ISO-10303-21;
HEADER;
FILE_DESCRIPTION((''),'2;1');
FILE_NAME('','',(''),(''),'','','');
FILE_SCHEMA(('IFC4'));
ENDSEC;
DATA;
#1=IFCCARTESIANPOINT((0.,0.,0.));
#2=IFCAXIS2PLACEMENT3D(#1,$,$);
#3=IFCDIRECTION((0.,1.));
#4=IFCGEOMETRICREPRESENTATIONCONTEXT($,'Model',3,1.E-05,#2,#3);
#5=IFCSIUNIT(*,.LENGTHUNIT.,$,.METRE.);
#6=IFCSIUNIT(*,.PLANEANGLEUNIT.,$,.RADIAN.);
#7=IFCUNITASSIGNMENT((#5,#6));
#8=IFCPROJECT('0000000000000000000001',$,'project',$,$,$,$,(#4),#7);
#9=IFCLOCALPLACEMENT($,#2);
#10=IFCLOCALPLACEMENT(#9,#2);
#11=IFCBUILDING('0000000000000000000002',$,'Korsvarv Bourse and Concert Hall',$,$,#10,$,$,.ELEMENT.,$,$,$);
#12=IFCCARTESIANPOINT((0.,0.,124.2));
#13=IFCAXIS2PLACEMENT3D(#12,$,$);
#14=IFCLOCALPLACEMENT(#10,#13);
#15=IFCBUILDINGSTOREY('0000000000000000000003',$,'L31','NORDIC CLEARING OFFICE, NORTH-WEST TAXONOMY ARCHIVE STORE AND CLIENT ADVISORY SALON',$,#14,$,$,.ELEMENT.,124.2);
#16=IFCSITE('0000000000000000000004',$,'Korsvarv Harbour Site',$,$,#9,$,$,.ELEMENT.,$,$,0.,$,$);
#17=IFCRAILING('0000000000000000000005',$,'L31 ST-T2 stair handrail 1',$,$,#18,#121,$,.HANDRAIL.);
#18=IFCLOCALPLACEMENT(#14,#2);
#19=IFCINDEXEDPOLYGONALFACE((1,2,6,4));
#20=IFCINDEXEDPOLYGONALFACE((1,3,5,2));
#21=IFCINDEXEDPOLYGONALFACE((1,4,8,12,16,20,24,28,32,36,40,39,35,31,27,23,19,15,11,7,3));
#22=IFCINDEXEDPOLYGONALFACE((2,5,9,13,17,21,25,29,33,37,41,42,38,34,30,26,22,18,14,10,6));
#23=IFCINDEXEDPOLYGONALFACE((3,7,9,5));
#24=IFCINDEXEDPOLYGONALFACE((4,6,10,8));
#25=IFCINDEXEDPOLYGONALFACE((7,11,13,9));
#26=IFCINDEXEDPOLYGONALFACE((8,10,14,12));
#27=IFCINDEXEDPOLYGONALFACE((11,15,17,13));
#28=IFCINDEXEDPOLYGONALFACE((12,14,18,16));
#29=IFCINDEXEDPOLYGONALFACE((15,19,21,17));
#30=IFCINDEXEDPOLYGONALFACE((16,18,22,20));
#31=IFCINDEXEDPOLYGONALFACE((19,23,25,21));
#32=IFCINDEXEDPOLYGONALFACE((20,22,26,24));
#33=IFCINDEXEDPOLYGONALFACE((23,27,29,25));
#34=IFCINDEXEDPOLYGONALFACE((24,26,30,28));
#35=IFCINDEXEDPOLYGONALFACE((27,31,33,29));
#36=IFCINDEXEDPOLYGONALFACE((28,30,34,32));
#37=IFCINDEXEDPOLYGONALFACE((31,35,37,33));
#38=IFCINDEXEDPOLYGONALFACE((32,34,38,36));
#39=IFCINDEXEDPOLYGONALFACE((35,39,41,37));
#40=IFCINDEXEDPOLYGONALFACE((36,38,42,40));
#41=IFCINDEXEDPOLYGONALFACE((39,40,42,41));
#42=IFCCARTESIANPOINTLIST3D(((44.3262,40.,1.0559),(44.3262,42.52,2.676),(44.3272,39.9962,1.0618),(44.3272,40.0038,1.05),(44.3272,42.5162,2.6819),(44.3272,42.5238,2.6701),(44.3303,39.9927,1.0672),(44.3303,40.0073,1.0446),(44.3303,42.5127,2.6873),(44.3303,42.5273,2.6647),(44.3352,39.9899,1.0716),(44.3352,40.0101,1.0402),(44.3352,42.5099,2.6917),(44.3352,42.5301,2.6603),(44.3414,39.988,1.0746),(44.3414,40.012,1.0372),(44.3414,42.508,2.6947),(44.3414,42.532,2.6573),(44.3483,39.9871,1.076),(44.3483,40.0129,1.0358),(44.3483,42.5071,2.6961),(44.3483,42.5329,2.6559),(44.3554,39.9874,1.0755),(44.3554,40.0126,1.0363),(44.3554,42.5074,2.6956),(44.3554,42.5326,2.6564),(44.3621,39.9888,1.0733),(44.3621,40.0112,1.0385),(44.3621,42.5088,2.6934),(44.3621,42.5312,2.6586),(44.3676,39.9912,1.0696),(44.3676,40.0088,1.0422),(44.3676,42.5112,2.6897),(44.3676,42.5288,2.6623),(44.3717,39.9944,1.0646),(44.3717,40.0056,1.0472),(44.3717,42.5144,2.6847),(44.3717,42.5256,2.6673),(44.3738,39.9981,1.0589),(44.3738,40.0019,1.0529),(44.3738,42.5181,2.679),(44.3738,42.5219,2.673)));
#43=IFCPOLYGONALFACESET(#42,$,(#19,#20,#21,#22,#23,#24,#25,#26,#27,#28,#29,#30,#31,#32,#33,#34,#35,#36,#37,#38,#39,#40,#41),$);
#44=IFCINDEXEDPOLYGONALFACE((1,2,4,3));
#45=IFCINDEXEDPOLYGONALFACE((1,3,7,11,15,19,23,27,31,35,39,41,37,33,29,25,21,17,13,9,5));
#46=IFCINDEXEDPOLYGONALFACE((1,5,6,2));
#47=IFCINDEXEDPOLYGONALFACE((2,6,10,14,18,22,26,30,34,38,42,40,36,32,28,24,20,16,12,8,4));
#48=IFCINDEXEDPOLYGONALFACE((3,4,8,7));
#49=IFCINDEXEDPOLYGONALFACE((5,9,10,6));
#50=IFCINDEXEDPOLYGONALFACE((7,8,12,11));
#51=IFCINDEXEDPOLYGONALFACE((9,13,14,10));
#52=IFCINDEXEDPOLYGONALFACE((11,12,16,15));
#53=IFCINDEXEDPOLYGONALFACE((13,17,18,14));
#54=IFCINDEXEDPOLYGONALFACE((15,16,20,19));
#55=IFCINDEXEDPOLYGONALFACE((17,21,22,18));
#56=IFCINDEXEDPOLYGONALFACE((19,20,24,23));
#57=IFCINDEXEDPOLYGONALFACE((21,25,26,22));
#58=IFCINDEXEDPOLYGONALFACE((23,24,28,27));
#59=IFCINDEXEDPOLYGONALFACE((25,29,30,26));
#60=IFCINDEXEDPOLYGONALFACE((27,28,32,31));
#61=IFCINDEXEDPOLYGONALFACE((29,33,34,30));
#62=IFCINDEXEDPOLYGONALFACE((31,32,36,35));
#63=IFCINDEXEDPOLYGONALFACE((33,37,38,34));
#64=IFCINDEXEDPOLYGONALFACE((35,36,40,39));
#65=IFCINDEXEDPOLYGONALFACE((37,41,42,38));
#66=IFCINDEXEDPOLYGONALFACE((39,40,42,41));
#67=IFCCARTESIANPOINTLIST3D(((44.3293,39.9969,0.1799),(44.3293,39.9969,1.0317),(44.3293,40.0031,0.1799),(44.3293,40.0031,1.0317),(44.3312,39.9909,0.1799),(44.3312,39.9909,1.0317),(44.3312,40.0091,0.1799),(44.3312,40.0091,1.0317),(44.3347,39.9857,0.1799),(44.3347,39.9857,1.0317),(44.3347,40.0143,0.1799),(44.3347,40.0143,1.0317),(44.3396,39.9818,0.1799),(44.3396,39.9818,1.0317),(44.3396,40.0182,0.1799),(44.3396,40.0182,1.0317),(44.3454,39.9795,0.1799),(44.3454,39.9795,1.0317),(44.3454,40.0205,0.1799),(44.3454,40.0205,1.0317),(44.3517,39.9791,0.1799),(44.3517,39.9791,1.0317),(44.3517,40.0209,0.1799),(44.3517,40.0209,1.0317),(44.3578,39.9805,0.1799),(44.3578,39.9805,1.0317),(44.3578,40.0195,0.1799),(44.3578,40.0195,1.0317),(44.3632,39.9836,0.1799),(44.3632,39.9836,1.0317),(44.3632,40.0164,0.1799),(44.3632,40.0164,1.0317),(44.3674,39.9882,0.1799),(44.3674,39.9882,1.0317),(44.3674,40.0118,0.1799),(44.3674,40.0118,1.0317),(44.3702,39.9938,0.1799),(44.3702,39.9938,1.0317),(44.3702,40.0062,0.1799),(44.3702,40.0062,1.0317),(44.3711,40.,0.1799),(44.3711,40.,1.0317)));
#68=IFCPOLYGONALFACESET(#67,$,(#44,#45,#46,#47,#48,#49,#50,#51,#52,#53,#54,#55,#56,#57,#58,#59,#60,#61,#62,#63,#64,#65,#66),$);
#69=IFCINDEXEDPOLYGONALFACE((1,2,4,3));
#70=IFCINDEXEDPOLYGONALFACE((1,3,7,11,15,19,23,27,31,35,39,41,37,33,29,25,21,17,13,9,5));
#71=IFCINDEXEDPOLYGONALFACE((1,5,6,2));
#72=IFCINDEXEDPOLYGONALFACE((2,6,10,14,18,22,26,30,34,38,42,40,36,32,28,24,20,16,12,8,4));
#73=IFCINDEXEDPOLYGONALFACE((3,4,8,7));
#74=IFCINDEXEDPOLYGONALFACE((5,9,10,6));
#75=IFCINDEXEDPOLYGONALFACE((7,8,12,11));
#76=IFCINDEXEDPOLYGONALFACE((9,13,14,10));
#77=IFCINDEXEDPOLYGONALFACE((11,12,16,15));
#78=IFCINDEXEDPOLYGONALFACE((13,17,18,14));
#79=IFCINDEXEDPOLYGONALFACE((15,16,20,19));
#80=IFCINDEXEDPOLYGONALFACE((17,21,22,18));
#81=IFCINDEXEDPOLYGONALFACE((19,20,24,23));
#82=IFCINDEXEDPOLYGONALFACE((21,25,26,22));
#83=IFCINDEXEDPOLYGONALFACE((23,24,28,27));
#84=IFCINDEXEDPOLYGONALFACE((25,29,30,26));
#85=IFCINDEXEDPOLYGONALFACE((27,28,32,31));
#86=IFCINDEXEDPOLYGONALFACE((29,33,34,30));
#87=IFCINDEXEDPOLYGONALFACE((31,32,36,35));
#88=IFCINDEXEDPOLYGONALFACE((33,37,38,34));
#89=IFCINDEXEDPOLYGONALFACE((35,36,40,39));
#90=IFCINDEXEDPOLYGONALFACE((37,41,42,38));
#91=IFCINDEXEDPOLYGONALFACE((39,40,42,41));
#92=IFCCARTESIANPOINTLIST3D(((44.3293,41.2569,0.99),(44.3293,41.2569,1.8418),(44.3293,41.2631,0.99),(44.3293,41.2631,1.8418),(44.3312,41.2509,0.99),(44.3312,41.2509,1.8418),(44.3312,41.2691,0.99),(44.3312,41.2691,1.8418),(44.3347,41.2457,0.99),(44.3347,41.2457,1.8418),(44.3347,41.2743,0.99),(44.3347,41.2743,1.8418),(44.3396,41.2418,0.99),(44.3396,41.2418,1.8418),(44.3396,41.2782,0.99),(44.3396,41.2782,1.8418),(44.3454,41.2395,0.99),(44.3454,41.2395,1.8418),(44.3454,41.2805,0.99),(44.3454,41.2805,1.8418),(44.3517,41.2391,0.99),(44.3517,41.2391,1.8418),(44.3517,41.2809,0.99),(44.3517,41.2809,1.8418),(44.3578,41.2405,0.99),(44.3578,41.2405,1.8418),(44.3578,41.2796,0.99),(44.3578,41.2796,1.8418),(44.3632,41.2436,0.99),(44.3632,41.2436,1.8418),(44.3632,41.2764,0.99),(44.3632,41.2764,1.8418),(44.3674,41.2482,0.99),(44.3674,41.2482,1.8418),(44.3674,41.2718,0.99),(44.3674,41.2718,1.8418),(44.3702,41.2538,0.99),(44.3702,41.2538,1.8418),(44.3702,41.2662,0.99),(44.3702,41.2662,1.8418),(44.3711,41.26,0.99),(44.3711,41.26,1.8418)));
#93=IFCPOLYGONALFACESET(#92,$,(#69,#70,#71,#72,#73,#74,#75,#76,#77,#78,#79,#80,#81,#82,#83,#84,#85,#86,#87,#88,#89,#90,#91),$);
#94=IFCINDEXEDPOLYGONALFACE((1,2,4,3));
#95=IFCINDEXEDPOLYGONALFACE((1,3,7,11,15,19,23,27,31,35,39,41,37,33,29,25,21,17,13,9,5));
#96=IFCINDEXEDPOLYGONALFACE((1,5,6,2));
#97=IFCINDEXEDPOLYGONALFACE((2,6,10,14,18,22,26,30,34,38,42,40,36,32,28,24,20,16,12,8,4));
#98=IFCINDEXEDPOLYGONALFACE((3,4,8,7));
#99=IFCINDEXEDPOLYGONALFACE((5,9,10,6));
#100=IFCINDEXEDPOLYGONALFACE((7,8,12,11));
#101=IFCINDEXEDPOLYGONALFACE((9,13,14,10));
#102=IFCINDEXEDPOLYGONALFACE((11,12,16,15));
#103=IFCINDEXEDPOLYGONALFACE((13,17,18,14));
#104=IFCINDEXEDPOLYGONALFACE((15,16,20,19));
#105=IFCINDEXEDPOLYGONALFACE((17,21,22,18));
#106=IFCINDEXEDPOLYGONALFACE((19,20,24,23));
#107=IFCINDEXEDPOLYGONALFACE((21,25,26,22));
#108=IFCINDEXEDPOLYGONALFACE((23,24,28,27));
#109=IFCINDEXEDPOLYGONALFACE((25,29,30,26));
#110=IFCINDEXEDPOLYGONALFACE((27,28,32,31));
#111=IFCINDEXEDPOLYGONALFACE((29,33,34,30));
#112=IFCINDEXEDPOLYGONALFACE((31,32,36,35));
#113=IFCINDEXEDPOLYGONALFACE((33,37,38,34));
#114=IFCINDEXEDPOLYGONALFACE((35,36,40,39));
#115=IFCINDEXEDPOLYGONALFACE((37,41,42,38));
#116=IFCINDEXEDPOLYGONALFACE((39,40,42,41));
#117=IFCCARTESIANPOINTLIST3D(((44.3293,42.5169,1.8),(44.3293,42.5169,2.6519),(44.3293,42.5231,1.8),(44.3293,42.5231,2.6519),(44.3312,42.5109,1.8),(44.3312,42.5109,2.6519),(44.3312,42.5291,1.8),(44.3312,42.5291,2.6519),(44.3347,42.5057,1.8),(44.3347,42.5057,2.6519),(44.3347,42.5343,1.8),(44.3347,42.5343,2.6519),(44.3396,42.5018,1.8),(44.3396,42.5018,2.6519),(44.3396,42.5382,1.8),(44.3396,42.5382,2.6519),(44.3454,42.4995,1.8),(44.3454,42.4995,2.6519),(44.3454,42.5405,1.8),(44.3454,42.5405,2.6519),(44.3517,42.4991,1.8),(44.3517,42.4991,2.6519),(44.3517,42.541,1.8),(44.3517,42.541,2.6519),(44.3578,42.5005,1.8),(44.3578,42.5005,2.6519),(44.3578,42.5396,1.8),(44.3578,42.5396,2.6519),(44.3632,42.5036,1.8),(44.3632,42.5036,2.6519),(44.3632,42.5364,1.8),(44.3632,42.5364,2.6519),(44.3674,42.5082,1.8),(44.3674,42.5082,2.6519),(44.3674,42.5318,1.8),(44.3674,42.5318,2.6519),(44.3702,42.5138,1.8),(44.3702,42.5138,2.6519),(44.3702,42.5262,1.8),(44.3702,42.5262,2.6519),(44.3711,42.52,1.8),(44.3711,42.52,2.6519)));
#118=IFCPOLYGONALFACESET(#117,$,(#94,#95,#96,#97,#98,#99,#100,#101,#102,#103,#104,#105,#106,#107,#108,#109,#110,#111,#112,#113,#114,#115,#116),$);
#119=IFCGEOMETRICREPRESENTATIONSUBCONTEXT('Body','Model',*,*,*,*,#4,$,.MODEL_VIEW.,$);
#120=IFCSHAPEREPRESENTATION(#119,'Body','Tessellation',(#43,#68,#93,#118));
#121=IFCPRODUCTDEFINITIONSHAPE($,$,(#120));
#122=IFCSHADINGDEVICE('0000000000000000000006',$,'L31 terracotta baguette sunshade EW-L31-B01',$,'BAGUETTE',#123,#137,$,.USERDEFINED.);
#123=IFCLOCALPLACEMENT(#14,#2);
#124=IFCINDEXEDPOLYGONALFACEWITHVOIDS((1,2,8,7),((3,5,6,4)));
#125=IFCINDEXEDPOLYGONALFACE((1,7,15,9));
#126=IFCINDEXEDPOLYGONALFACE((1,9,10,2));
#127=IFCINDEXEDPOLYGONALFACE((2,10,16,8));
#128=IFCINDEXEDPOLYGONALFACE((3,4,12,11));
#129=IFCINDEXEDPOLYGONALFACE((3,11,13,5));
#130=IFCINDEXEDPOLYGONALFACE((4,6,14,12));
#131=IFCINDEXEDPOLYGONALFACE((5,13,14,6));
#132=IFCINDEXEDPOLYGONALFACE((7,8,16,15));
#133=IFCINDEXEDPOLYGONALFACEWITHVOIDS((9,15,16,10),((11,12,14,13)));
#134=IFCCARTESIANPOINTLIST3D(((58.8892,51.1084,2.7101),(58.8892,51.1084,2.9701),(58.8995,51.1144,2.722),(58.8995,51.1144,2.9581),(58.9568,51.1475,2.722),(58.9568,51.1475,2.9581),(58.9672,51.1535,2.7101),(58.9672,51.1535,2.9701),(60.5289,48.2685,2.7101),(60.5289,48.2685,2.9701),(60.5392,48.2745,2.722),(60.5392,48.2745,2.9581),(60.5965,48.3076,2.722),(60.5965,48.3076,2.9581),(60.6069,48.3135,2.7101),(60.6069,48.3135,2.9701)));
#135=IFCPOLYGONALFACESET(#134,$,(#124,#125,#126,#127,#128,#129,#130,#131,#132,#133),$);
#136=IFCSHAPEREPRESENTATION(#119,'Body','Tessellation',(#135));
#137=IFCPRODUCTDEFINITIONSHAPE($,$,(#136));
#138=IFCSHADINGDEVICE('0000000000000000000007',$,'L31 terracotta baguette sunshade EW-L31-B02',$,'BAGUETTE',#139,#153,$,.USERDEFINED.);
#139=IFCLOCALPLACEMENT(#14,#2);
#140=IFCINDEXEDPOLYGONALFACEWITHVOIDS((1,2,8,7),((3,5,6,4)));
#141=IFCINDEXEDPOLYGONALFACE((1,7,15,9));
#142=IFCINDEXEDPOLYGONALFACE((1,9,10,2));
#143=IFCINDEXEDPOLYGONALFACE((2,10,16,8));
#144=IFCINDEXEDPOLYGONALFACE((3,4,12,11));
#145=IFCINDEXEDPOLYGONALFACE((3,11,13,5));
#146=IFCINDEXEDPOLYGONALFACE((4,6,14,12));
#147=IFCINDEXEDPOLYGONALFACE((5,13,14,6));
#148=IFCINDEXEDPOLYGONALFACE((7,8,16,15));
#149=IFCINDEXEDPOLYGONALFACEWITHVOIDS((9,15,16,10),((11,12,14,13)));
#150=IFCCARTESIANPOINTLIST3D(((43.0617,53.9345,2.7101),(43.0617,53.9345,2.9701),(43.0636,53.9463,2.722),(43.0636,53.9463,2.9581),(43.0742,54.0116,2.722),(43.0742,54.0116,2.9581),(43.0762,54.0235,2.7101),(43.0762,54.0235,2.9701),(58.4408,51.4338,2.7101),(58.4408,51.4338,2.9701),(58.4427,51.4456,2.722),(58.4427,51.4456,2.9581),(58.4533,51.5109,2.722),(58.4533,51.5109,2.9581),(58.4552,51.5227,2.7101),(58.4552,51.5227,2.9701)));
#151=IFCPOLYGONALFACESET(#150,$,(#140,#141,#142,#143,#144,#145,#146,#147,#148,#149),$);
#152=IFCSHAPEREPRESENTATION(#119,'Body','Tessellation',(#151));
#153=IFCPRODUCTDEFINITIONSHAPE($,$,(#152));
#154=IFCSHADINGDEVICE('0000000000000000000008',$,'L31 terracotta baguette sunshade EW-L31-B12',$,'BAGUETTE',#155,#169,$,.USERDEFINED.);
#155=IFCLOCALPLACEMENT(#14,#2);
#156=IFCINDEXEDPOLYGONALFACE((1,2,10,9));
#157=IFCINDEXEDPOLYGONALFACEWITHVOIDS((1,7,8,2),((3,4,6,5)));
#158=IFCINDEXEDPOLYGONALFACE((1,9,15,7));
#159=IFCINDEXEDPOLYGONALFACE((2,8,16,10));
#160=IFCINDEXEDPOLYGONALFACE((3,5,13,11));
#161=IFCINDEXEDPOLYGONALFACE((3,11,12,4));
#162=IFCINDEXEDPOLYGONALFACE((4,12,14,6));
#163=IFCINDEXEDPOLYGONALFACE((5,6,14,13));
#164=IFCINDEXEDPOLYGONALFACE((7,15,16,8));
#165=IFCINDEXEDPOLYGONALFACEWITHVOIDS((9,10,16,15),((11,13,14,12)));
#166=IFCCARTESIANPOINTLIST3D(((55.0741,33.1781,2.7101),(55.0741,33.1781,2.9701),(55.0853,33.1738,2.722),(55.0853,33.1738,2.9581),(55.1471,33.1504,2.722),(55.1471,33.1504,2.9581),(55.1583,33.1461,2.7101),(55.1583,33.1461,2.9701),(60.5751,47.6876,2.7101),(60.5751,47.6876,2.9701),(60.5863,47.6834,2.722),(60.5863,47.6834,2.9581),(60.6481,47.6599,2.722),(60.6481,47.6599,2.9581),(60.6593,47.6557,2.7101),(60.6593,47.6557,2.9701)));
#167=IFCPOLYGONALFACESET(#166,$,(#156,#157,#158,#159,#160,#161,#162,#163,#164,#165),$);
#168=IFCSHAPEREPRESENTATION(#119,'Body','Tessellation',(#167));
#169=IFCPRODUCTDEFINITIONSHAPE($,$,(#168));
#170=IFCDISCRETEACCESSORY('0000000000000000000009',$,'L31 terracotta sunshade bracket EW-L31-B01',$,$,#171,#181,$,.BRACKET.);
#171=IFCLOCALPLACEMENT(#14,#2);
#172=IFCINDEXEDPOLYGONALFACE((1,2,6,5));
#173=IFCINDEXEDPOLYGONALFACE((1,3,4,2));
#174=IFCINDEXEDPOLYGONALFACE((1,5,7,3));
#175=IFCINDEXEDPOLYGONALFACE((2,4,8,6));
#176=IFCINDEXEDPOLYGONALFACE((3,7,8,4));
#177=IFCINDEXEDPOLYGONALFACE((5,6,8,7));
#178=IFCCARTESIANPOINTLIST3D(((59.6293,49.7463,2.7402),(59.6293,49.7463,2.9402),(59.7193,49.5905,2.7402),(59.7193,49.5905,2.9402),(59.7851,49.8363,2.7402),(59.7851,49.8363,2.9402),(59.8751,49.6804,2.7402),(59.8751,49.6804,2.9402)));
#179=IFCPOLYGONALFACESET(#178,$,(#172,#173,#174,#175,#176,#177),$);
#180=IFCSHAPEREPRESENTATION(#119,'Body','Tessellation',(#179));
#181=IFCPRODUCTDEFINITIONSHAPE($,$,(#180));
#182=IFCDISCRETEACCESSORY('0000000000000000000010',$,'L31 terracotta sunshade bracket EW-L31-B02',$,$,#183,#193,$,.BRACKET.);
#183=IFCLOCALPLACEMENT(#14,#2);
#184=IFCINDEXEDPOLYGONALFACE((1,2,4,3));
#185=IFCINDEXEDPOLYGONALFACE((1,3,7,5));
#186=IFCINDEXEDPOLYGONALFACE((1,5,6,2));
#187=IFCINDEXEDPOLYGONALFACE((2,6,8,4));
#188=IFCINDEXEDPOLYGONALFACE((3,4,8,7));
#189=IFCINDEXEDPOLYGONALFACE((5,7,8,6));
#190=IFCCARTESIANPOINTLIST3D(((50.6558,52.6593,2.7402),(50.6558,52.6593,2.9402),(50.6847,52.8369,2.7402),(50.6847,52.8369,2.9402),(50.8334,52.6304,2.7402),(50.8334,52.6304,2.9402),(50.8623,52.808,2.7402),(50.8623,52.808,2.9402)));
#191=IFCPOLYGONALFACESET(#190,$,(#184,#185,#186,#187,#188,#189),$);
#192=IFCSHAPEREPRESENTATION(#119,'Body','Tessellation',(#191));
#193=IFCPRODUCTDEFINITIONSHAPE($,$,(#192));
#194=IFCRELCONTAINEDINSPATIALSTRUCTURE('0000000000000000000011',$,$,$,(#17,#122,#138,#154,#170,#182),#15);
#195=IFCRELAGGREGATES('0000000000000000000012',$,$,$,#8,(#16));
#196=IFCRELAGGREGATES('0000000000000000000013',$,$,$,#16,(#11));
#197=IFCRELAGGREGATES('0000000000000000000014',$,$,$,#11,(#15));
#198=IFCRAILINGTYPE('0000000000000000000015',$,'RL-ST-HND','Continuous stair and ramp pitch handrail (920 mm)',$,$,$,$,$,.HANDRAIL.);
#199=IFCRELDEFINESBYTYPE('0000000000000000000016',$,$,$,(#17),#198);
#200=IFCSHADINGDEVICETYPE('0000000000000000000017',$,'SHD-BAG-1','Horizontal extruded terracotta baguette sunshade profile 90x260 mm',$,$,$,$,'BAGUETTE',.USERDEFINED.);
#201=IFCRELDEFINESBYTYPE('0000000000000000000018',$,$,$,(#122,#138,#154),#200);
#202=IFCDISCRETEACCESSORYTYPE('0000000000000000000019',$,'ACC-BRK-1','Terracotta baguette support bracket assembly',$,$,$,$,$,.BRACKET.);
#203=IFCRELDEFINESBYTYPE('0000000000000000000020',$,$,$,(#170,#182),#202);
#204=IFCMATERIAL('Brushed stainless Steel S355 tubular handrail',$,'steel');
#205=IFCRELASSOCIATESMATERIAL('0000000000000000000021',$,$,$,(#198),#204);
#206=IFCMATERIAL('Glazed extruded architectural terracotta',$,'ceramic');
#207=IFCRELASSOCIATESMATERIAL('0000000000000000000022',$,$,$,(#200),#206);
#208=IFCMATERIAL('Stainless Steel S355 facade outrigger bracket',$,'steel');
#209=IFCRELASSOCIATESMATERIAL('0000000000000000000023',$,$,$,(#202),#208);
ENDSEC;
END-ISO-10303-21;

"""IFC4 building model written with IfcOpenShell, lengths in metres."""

from ifc_helpers import new_model, si_unit, direction, frame, origin, origin_2d, place, context, subcontext, project, spatial, rectangle, hollow_rectangle, circle, extrude, source, transform, mapped, material, material_profile, profile_set, type_object, element, save


model = new_model("IFC4")

# Units and contexts
model_context = context("Model", 3, precision=1e-05, world=origin(), true_north=direction((0.0, 1.0)))
body_context = subcontext(model_context, "Body", "Model", "MODEL_VIEW")
ifc_project = project(units=[si_unit("LENGTHUNIT", "METRE"), si_unit("PLANEANGLEUNIT", "RADIAN")], contexts=[model_context])

# Site, building, storey
site_placement = place(None, origin())
site = spatial("IfcSite", under=ifc_project, at=site_placement, Name="Korsvarv Harbour Site", CompositionType="ELEMENT", RefElevation=0.0)
building_placement = place(site_placement, origin())
building = spatial("IfcBuilding", under=site, at=building_placement, Name="Korsvarv Bourse and Concert Hall", CompositionType="ELEMENT")
storey_placement = place(building_placement, frame((0.0, 0.0, 124.2)))
storey = spatial("IfcBuildingStorey", under=building, at=storey_placement, Name="L31", Description="NORDIC CLEARING OFFICE, NORTH-WEST TAXONOMY ARCHIVE STORE AND CLIENT ADVISORY SALON", CompositionType="ELEMENT", Elevation=124.2)

# Railing
ifc_material_1 = material(Name="Brushed stainless Steel S355 tubular handrail", Category="steel")
railing_type_1 = type_object("IfcRailingType", Name="RL-ST-HND", Description="Continuous stair and ramp pitch handrail (920 mm)", PredefinedType="HANDRAIL", material=ifc_material_1)
railing_1_placement = place(storey_placement, frame((44.3501, 40.0, 0.1799)))
element("IfcRailing", 1, at=railing_1_placement, inside=storey, type_object=railing_type_1, Name="L31 ST-T2 stair handrail 1", PredefinedType="HANDRAIL", context=body_context, shape_type="SweptSolid", body=[
    extrude(circle(Radius=0.0239, at=origin_2d()), frame((0.0, 0.0, 0.876), z_axis=(0.0, 0.841163, 0.540782), x_axis=(-1.0, 0.0, 0.0)), (0.0, 0.0, 1.0), 2.9958),
    extrude(circle(Radius=0.021, at=origin_2d()), origin(), (0.0, 0.0, 1.0), 0.8518),
    extrude(circle(Radius=0.021, at=origin_2d()), frame((0.0, 1.26, 0.8101)), (0.0, 0.0, 1.0), 0.8518),
    extrude(circle(Radius=0.021, at=origin_2d()), frame((0.0, 2.52, 1.6201)), (0.0, 0.0, 1.0), 0.8518),
])

# Shading devices
ifc_material_2 = material(Name="Glazed extruded architectural terracotta", Category="ceramic")
ifc_material_profile_1 = material_profile(ifc_material_2, hollow_rectangle(XDim=0.0901, YDim=0.26, WallThickness=0.012, at=origin_2d()), Name="TC-BAG 90x260")
ifc_profile_set_1 = profile_set([ifc_material_profile_1], Name="Glazed extruded architectural terracotta")
shading_device_type = type_object("IfcShadingDeviceType", Name="SHD-BAG-1", Description="Horizontal extruded terracotta baguette sunshade profile 90x260 mm", ElementType="BAGUETTE", PredefinedType="USERDEFINED", material=ifc_profile_set_1)
shared_shape_1 = source(origin(), body_context, "Body", "SweptSolid", [
    extrude(hollow_rectangle(XDim=0.0901, YDim=0.26, WallThickness=0.012, at=origin_2d()), origin(), (0.0, 0.0, 1.0), 3.2793),
])
shading_device_1_placement = place(storey_placement, frame((60.5679, 48.291, 2.8401), z_axis=(-0.500015, 0.866017, 0.0), x_axis=(-0.866017, -0.500015, 0.0)))
element("IfcShadingDevice", 2, at=shading_device_1_placement, inside=storey, type_object=shading_device_type, Name="L31 terracotta baguette sunshade EW-L31-B01", ObjectType="BAGUETTE", PredefinedType="USERDEFINED", context=body_context, shape_type="MappedRepresentation", body=[
    mapped(shared_shape_1, transform((0.0, 0.0, 0.0), scale=1.0)),
])
shared_shape_2 = source(origin(), body_context, "Body", "SweptSolid", [
    extrude(hollow_rectangle(XDim=0.0901, YDim=0.26, WallThickness=0.012, at=origin_2d()), origin(), (0.0, 0.0, 1.0), 15.5811),
])
shading_device_2_placement = place(storey_placement, frame((58.448, 51.4783, 2.8401), z_axis=(-0.987036, 0.160497, 0.0), x_axis=(-0.160497, -0.987036, 0.0)))
element("IfcShadingDevice", 3, at=shading_device_2_placement, inside=storey, type_object=shading_device_type, Name="L31 terracotta baguette sunshade EW-L31-B02", ObjectType="BAGUETTE", PredefinedType="USERDEFINED", context=body_context, shape_type="MappedRepresentation", body=[
    mapped(shared_shape_2, transform((0.0, 0.0, 0.0), scale=1.0)),
])
shared_shape_3 = source(origin(), body_context, "Body", "SweptSolid", [
    extrude(hollow_rectangle(XDim=0.0901, YDim=0.26, WallThickness=0.012, at=origin_2d()), origin(), (0.0, 0.0, 1.0), 15.5173),
])
shading_device_3_placement = place(storey_placement, frame((55.1162, 33.1621, 2.8401), z_axis=(0.354506, 0.935054, 0.0), x_axis=(-0.935054, 0.354506, 0.0)))
element("IfcShadingDevice", 4, at=shading_device_3_placement, inside=storey, type_object=shading_device_type, Name="L31 terracotta baguette sunshade EW-L31-B12", ObjectType="BAGUETTE", PredefinedType="USERDEFINED", context=body_context, shape_type="MappedRepresentation", body=[
    mapped(shared_shape_3, transform((0.0, 0.0, 0.0), scale=1.0)),
])

# Discrete accessories
ifc_material_3 = material(Name="Stainless Steel S355 facade outrigger bracket", Category="steel")
discrete_accessory_type = type_object("IfcDiscreteAccessoryType", Name="ACC-BRK-1", Description="Terracotta baguette support bracket assembly", PredefinedType="BRACKET", material=ifc_material_3)
shared_shape_4 = source(origin(), body_context, "Body", "SweptSolid", [
    extrude(rectangle(XDim=0.1799, YDim=0.1799, at=origin_2d()), origin(), (0.0, 0.0, 1.0), 0.2),
])
for number, where, z_axis, x_axis, name in (
    (5, (59.7522, 49.7134, 2.7402), (0.0, 0.0, 1.0), (-0.5, 0.866025, 0.0), "L31 terracotta sunshade bracket EW-L31-B01"),
    (6, (50.759, 52.7336, 2.7402), (0.0, 0.0, 1.0), (-0.987024, 0.16057, 0.0), "L31 terracotta sunshade bracket EW-L31-B02"),
):
    element("IfcDiscreteAccessory", number, at=place(storey_placement, frame(where, z_axis=z_axis, x_axis=x_axis)), inside=storey, type_object=discrete_accessory_type, Name=name, PredefinedType="BRACKET", context=body_context, shape_type="MappedRepresentation", body=[
        mapped(shared_shape_4, transform((0.0, 0.0, 0.0), scale=1.0)),
    ])

save(model, "model.ifc")
